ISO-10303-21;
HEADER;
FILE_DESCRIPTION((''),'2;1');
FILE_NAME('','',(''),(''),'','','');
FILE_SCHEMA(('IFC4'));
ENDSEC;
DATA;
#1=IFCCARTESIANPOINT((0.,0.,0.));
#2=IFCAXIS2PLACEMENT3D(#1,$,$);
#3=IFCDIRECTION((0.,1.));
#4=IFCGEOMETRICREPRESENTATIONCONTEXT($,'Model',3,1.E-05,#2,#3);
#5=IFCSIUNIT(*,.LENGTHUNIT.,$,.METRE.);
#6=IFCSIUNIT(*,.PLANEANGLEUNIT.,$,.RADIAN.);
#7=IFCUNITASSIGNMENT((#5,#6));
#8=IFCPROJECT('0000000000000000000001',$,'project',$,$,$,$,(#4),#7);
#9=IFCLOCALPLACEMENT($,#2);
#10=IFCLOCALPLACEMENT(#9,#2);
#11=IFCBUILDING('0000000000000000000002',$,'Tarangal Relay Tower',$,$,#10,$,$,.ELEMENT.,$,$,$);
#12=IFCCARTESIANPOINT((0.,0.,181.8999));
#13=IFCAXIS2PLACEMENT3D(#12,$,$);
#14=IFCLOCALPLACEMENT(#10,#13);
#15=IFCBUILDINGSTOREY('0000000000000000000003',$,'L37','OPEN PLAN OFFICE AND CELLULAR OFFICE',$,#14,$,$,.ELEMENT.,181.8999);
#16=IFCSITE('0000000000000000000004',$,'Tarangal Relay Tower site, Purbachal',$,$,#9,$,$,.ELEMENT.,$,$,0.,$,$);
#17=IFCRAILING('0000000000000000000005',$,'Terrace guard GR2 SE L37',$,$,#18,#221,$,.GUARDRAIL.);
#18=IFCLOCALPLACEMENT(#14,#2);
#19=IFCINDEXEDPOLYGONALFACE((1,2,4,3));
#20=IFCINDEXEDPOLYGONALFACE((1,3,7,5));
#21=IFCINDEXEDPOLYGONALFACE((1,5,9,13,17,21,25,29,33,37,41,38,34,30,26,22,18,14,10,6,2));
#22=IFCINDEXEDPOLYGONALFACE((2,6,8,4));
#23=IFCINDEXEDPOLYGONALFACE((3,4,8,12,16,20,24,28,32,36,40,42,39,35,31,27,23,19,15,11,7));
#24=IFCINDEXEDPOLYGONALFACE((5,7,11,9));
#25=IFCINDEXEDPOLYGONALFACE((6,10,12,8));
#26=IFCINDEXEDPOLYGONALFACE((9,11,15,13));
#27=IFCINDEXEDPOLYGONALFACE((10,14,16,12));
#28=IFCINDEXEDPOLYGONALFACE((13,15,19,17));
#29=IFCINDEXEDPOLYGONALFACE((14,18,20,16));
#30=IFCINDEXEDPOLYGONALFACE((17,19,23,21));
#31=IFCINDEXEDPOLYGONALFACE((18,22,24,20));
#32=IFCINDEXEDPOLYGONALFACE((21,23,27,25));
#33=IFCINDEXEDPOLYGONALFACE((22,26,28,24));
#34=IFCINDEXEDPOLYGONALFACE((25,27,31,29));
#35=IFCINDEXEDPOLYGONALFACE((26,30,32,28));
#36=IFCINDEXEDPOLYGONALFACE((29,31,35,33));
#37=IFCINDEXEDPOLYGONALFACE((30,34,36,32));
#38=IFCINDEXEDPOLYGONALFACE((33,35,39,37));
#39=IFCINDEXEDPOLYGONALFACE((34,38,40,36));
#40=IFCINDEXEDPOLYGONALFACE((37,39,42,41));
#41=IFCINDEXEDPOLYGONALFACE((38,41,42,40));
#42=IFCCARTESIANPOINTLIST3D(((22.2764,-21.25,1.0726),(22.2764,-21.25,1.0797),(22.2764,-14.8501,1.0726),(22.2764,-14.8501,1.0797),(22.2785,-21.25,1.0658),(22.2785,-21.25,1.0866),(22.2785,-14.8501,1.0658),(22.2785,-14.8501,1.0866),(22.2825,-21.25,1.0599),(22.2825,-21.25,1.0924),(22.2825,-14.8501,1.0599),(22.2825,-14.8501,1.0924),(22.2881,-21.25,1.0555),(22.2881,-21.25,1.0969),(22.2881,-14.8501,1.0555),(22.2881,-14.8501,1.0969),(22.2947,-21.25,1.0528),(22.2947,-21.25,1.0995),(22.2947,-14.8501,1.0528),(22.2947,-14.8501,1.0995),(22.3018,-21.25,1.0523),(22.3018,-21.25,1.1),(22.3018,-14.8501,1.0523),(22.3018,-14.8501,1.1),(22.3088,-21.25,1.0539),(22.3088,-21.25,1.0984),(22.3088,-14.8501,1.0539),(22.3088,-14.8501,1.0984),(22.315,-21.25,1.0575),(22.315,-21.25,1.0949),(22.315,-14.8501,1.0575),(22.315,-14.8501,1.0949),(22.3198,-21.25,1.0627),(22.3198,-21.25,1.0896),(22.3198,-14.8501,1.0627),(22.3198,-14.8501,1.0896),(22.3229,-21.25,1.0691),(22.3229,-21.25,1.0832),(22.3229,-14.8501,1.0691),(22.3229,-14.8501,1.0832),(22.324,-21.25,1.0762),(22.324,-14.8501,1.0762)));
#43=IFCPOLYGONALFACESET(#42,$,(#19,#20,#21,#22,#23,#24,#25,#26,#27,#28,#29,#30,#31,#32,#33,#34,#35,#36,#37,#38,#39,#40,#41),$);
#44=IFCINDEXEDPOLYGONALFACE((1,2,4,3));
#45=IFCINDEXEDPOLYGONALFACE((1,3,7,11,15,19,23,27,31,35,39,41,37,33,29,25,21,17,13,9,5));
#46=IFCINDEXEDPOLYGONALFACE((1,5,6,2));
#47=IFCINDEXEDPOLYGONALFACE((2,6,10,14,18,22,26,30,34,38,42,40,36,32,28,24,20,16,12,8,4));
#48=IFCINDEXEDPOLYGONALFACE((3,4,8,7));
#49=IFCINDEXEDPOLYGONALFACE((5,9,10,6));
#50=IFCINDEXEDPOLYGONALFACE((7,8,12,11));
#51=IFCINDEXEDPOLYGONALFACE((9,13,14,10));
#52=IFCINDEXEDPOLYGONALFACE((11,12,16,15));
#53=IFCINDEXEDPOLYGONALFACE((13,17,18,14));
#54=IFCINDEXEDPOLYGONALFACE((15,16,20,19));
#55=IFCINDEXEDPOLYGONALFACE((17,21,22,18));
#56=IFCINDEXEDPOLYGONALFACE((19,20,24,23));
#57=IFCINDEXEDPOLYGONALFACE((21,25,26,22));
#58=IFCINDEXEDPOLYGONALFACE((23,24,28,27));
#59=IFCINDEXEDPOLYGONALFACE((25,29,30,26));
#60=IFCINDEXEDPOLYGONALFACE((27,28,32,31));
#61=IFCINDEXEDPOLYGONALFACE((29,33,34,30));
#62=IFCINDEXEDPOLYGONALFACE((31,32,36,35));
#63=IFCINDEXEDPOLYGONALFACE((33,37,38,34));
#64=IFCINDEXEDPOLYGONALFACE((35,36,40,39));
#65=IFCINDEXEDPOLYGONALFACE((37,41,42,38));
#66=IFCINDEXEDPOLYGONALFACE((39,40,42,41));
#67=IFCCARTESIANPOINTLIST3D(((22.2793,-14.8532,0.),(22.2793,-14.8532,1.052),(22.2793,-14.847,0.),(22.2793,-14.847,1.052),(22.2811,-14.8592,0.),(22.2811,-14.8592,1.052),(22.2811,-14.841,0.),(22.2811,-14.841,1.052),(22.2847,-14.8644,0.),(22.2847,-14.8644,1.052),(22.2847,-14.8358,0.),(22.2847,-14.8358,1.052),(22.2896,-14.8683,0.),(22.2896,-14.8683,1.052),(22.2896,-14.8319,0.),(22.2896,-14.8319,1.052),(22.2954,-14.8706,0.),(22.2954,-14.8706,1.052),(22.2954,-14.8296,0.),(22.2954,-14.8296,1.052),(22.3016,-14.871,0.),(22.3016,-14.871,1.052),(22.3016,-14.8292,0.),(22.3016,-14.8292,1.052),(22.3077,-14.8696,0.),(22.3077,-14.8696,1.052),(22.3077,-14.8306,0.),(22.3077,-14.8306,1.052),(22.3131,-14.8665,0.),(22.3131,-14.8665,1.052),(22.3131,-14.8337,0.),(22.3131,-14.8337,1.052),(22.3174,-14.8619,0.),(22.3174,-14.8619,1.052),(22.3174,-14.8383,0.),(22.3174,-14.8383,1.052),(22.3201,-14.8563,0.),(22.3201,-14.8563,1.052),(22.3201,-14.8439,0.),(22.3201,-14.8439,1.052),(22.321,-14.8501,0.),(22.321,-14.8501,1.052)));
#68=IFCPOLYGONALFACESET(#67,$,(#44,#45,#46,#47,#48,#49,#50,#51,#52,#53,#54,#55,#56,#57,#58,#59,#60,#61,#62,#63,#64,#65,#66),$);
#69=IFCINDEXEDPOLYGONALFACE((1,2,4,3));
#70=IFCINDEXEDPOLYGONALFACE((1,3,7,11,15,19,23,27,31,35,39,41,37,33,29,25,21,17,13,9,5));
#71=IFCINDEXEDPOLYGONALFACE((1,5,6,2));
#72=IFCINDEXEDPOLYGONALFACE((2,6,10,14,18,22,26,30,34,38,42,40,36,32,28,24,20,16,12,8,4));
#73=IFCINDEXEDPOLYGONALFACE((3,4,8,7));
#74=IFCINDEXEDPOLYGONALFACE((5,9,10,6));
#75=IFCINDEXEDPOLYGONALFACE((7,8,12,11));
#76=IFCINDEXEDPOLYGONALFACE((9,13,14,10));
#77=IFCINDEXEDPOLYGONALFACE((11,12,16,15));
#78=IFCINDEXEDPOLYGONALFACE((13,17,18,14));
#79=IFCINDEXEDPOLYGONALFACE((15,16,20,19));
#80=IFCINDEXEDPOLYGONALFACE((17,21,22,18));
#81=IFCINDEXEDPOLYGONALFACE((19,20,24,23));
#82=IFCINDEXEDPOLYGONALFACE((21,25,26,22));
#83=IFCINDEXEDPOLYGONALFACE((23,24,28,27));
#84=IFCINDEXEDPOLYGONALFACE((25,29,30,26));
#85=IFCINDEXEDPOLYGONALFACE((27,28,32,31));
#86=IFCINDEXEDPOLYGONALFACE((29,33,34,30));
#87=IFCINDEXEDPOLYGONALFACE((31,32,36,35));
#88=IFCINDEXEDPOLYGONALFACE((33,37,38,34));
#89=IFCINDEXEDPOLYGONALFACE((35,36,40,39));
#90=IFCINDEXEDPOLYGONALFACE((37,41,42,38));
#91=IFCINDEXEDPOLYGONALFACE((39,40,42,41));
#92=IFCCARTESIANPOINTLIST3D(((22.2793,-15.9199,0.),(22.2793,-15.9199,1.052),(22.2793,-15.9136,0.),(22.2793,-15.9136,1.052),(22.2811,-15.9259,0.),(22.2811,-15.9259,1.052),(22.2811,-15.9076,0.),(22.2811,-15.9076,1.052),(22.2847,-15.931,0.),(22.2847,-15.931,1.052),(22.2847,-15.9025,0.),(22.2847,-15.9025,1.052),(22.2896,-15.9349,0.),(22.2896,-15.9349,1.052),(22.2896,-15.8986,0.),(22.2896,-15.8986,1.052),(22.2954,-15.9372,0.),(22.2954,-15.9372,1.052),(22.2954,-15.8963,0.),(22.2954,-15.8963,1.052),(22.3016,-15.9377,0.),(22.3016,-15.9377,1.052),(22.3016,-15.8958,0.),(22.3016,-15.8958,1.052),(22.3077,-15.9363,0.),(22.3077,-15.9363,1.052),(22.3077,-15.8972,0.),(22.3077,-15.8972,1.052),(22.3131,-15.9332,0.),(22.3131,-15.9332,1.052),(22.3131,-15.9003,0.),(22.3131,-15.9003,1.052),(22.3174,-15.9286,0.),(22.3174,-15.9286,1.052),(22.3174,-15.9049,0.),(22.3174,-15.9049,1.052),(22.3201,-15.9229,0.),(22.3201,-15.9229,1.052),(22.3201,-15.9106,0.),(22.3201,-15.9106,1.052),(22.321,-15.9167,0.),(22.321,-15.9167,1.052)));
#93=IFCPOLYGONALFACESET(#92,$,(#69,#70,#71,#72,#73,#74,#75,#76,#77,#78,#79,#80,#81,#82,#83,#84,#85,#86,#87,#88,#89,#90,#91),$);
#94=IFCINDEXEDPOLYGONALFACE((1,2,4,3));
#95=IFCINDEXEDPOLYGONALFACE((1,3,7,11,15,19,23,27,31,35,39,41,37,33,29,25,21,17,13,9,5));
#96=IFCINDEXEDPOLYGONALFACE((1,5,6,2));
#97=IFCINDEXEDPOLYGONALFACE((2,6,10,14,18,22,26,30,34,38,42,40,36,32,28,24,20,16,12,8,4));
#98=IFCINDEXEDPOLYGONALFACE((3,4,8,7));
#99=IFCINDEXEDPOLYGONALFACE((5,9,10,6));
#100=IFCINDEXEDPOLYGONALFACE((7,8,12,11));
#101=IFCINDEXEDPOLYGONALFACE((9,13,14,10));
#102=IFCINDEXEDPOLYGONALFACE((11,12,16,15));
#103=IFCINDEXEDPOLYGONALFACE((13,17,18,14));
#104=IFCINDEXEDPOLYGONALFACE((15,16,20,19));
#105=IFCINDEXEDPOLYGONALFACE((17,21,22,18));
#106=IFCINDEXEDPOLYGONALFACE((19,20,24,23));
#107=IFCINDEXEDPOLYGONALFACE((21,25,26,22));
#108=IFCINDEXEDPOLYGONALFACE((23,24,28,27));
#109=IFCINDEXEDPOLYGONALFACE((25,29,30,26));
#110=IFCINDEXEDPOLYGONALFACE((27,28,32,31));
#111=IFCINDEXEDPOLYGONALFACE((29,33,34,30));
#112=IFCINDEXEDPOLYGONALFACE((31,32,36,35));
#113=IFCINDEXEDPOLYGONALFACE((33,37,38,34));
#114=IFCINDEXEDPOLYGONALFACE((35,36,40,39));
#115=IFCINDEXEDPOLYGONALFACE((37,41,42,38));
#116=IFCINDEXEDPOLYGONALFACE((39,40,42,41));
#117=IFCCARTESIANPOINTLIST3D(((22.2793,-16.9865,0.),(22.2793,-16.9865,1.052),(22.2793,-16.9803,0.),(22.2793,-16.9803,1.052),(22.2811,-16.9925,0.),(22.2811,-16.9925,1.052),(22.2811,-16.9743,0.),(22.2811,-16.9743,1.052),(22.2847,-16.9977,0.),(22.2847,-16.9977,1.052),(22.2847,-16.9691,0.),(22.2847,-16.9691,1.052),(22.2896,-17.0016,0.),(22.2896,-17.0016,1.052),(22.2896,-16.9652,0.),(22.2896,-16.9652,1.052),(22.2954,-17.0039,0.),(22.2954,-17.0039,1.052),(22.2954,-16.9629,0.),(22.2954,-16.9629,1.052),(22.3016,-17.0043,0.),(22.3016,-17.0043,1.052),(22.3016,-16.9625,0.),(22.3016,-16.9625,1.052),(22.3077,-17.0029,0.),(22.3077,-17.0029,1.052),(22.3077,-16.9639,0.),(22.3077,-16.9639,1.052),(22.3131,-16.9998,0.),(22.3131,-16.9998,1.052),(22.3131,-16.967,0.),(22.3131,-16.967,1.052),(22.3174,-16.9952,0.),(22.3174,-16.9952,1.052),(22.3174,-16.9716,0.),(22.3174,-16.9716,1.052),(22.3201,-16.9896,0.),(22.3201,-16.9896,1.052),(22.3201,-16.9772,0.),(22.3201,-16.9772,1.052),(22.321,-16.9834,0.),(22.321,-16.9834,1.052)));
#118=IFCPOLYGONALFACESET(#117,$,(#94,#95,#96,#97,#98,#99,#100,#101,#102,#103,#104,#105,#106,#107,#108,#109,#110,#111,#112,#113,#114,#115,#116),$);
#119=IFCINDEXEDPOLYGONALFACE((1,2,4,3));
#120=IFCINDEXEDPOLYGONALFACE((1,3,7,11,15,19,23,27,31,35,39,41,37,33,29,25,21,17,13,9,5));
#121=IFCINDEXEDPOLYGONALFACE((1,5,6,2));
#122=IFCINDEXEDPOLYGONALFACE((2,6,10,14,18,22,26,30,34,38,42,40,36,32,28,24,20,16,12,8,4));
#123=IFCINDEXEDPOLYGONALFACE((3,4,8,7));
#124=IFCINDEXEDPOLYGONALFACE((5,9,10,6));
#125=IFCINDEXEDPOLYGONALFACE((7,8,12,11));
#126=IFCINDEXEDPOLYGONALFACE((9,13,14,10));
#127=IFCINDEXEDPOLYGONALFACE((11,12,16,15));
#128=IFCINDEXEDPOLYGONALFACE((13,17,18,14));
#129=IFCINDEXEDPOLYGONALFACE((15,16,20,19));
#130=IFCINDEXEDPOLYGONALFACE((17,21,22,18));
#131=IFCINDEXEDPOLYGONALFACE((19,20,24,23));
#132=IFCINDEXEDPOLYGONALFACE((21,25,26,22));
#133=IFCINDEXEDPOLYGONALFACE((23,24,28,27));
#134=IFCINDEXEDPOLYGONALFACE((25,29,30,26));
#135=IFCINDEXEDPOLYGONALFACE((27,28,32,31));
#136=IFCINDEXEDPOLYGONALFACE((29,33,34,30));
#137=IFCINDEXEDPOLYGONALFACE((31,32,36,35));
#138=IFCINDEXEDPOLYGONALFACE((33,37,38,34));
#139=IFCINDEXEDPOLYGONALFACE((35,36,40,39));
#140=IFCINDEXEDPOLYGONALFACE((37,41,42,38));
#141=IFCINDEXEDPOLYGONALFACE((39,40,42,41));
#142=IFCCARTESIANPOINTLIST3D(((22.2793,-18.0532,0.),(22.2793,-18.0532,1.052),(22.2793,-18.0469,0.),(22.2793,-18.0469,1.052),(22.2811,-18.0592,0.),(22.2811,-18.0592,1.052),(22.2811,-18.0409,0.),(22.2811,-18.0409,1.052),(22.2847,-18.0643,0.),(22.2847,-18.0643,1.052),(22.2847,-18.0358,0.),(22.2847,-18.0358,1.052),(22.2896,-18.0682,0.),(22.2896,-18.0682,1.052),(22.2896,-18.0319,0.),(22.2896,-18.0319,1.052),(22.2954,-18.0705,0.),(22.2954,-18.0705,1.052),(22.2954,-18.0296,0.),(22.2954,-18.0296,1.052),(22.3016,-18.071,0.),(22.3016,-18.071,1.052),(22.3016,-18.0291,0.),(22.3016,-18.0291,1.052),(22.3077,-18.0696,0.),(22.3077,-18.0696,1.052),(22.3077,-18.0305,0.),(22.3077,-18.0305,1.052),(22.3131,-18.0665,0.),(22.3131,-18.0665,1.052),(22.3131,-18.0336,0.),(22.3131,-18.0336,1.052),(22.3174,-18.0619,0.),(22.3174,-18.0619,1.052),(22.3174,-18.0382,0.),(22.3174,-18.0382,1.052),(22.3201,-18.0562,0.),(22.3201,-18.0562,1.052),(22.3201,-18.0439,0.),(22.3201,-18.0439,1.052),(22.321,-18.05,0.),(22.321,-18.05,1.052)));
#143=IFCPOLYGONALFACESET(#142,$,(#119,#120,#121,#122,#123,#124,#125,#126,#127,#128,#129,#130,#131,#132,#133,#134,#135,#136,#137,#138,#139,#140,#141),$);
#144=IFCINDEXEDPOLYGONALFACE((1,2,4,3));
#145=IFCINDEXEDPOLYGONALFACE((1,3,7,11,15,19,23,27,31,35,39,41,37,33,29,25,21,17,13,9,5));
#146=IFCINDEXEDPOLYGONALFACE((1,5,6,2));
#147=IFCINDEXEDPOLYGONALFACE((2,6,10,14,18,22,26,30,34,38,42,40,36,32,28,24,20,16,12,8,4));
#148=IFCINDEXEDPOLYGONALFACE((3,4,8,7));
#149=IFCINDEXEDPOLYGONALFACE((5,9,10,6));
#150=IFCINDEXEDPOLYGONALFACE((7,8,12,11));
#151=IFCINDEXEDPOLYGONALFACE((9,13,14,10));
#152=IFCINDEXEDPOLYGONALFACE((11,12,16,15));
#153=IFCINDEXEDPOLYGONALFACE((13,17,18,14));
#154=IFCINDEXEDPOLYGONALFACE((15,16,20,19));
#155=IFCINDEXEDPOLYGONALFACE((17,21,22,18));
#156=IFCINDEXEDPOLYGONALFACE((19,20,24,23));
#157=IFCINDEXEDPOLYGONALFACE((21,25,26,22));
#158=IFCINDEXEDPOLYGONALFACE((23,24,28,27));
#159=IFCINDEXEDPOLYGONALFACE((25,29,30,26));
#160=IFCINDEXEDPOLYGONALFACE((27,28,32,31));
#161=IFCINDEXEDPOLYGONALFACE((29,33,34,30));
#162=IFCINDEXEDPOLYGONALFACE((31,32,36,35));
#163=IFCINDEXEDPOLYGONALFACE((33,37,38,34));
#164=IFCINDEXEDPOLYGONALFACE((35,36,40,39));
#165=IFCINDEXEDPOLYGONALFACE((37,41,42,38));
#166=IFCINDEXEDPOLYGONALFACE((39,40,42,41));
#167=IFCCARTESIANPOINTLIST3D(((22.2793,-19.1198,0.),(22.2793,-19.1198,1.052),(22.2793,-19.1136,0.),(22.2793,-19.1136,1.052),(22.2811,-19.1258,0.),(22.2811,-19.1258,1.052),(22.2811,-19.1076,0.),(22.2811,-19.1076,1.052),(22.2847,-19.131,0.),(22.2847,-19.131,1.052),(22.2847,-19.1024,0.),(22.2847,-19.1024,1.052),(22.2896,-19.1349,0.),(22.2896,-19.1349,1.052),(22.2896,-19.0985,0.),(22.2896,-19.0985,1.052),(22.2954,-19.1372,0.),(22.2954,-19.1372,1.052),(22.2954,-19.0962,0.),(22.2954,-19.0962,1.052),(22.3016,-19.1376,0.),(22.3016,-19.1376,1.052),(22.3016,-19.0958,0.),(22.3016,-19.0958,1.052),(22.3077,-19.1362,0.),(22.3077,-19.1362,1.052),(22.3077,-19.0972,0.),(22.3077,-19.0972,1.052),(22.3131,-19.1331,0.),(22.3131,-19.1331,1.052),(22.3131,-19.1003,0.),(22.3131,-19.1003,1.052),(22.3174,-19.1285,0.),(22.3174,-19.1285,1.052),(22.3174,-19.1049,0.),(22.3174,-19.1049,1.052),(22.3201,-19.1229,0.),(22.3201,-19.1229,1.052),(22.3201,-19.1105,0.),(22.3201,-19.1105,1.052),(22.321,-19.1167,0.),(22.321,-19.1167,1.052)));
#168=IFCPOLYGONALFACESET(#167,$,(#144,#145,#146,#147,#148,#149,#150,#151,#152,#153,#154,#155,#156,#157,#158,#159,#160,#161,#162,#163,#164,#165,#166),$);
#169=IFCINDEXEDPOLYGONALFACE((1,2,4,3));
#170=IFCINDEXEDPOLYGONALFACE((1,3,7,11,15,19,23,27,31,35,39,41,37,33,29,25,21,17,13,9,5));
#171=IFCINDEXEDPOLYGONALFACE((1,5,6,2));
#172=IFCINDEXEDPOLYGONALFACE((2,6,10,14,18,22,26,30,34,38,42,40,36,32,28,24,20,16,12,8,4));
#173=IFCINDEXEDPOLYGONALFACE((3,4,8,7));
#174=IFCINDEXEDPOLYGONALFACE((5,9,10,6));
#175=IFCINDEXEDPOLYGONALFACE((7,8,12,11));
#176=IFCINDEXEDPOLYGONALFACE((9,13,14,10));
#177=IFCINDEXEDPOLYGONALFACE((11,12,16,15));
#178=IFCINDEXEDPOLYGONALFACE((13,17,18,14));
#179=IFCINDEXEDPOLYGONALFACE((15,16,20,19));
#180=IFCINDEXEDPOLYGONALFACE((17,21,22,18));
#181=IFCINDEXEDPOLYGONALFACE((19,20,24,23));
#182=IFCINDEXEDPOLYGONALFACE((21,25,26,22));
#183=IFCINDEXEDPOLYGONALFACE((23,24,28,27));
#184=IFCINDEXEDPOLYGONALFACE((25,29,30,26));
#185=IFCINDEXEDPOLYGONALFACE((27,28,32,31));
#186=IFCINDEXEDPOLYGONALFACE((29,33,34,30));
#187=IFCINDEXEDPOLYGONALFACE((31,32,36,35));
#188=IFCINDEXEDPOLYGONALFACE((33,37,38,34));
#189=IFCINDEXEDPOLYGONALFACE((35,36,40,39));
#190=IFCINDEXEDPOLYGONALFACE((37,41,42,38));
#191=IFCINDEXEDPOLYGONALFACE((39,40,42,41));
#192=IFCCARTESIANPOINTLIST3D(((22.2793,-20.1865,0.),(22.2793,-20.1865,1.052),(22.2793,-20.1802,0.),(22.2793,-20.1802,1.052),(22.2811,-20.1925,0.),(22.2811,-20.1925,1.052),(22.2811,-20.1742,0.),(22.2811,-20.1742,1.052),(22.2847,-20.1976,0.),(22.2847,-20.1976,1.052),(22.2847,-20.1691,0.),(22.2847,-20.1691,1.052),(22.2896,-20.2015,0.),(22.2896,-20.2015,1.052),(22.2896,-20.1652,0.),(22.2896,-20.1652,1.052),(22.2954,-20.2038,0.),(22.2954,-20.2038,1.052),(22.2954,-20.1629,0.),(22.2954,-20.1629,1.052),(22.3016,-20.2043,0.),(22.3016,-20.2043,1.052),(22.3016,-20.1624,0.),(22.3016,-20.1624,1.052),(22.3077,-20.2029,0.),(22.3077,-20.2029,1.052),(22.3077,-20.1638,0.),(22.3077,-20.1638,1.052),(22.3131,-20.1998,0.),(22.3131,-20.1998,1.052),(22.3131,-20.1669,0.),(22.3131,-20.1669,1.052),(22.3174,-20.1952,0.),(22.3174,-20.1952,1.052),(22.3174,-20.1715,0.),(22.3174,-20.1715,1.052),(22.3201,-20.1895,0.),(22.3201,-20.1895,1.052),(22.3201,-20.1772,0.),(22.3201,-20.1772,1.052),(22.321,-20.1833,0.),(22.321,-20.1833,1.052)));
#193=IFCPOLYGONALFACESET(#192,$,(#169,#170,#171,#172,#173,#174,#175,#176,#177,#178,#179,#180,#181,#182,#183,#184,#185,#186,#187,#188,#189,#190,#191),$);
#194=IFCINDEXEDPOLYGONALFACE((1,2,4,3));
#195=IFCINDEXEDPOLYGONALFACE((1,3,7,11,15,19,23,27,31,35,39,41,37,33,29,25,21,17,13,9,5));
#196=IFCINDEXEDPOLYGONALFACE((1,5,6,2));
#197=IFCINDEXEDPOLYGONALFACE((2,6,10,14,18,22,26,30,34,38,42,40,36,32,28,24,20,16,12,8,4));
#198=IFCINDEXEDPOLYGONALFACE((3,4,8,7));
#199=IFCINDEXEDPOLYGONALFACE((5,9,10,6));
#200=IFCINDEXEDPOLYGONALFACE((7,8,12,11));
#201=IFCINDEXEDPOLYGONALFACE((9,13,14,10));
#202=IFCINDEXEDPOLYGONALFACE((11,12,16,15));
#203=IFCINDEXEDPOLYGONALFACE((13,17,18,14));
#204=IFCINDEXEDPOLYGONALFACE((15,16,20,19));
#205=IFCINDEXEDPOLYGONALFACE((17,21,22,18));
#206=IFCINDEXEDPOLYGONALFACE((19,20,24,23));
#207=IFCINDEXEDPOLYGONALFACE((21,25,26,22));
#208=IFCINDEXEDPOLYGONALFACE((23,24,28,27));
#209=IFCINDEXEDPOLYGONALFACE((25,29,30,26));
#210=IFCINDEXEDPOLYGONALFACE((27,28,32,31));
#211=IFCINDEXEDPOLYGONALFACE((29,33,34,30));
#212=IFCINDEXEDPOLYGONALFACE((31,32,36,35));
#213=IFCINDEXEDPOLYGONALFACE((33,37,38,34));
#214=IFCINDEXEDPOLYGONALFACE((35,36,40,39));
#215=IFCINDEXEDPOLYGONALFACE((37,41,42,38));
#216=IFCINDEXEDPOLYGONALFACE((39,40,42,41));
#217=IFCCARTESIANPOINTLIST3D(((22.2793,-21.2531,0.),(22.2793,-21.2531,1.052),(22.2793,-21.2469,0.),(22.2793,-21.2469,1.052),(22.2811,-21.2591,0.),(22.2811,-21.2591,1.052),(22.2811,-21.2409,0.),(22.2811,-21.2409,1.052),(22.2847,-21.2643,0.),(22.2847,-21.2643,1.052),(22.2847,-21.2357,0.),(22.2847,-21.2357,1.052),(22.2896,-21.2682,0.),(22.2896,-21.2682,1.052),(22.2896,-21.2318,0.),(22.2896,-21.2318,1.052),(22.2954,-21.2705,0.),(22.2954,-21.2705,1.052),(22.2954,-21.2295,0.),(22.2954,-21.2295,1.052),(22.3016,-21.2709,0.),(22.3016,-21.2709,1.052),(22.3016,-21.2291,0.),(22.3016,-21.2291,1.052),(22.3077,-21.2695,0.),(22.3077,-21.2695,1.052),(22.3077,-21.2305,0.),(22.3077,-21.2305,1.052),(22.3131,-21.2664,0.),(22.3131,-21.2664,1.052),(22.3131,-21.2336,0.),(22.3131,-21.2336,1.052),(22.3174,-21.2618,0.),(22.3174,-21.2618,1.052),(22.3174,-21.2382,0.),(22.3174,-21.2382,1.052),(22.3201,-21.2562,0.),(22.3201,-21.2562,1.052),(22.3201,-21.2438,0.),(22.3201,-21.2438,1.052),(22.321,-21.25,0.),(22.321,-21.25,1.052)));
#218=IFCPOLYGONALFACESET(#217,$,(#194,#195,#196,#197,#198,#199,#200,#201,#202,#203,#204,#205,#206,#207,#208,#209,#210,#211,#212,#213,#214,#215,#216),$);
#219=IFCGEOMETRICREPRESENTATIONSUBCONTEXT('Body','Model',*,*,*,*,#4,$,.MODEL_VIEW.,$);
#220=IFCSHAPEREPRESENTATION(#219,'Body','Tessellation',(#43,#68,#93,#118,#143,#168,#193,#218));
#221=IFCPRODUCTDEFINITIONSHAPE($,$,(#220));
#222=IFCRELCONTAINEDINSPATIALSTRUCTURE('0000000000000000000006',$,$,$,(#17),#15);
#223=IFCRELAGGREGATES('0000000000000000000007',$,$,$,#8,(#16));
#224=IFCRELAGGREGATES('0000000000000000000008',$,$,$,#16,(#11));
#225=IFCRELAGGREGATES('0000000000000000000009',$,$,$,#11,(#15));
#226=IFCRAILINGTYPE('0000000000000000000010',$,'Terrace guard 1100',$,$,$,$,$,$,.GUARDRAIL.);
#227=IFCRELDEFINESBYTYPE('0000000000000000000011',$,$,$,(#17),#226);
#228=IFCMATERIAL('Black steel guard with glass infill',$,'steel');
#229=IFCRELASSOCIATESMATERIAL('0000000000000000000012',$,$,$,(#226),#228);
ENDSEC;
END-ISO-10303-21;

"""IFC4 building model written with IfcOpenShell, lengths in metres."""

from ifc_helpers import new_model, si_unit, direction, frame, origin, origin_2d, place, context, subcontext, project, spatial, circle, extrude, material, type_object, element, save


model = new_model("IFC4")

# Units and contexts
model_context = context("Model", 3, precision=1e-05, world=origin(), true_north=direction((0.0, 1.0)))
body_context = subcontext(model_context, "Body", "Model", "MODEL_VIEW")
ifc_project = project(units=[si_unit("LENGTHUNIT", "METRE"), si_unit("PLANEANGLEUNIT", "RADIAN")], contexts=[model_context])

# Site, building, storey
site_placement = place(None, origin())
site = spatial("IfcSite", under=ifc_project, at=site_placement, Name="Tarangal Relay Tower site, Purbachal", CompositionType="ELEMENT", RefElevation=0.0)
building_placement = place(site_placement, origin())
building = spatial("IfcBuilding", under=site, at=building_placement, Name="Tarangal Relay Tower", CompositionType="ELEMENT")
storey_placement = place(building_placement, frame((0.0, 0.0, 181.8999)))
storey = spatial("IfcBuildingStorey", under=building, at=storey_placement, Name="L37", Description="OPEN PLAN OFFICE AND CELLULAR OFFICE", CompositionType="ELEMENT", Elevation=181.8999)

# Railing
ifc_material_1 = material(Name="Black steel guard with glass infill", Category="steel")
railing_type = type_object("IfcRailingType", Name="Terrace guard 1100", PredefinedType="GUARDRAIL", material=ifc_material_1)
railing_1_placement = place(storey_placement, frame((22.3, -14.8501, 0.0)))
element("IfcRailing", 1, at=railing_1_placement, inside=storey, type_object=railing_type, Name="Terrace guard GR2 SE L37", PredefinedType="GUARDRAIL", context=body_context, shape_type="SweptSolid", body=[
    extrude(circle(Radius=0.0239, at=origin_2d()), frame((0.0, 0.0, 1.0762), z_axis=(0.0, -1.0, 0.0), x_axis=(1.0, 0.0, 0.0)), (0.0, 0.0, 1.0), 6.3999),
    extrude(circle(Radius=0.021, at=origin_2d()), origin(), (0.0, 0.0, 1.0), 1.052),
    extrude(circle(Radius=0.021, at=origin_2d()), frame((0.0, -1.0667, 0.0)), (0.0, 0.0, 1.0), 1.052),
    extrude(circle(Radius=0.021, at=origin_2d()), frame((0.0, -2.1333, 0.0)), (0.0, 0.0, 1.0), 1.052),
    extrude(circle(Radius=0.021, at=origin_2d()), frame((0.0, -3.2, 0.0)), (0.0, 0.0, 1.0), 1.052),
    extrude(circle(Radius=0.021, at=origin_2d()), frame((0.0, -4.2666, 0.0)), (0.0, 0.0, 1.0), 1.052),
    extrude(circle(Radius=0.021, at=origin_2d()), frame((0.0, -5.3333, 0.0)), (0.0, 0.0, 1.0), 1.052),
    extrude(circle(Radius=0.021, at=origin_2d()), frame((0.0, -6.3999, 0.0)), (0.0, 0.0, 1.0), 1.052),
])

save(model, "model.ifc")
